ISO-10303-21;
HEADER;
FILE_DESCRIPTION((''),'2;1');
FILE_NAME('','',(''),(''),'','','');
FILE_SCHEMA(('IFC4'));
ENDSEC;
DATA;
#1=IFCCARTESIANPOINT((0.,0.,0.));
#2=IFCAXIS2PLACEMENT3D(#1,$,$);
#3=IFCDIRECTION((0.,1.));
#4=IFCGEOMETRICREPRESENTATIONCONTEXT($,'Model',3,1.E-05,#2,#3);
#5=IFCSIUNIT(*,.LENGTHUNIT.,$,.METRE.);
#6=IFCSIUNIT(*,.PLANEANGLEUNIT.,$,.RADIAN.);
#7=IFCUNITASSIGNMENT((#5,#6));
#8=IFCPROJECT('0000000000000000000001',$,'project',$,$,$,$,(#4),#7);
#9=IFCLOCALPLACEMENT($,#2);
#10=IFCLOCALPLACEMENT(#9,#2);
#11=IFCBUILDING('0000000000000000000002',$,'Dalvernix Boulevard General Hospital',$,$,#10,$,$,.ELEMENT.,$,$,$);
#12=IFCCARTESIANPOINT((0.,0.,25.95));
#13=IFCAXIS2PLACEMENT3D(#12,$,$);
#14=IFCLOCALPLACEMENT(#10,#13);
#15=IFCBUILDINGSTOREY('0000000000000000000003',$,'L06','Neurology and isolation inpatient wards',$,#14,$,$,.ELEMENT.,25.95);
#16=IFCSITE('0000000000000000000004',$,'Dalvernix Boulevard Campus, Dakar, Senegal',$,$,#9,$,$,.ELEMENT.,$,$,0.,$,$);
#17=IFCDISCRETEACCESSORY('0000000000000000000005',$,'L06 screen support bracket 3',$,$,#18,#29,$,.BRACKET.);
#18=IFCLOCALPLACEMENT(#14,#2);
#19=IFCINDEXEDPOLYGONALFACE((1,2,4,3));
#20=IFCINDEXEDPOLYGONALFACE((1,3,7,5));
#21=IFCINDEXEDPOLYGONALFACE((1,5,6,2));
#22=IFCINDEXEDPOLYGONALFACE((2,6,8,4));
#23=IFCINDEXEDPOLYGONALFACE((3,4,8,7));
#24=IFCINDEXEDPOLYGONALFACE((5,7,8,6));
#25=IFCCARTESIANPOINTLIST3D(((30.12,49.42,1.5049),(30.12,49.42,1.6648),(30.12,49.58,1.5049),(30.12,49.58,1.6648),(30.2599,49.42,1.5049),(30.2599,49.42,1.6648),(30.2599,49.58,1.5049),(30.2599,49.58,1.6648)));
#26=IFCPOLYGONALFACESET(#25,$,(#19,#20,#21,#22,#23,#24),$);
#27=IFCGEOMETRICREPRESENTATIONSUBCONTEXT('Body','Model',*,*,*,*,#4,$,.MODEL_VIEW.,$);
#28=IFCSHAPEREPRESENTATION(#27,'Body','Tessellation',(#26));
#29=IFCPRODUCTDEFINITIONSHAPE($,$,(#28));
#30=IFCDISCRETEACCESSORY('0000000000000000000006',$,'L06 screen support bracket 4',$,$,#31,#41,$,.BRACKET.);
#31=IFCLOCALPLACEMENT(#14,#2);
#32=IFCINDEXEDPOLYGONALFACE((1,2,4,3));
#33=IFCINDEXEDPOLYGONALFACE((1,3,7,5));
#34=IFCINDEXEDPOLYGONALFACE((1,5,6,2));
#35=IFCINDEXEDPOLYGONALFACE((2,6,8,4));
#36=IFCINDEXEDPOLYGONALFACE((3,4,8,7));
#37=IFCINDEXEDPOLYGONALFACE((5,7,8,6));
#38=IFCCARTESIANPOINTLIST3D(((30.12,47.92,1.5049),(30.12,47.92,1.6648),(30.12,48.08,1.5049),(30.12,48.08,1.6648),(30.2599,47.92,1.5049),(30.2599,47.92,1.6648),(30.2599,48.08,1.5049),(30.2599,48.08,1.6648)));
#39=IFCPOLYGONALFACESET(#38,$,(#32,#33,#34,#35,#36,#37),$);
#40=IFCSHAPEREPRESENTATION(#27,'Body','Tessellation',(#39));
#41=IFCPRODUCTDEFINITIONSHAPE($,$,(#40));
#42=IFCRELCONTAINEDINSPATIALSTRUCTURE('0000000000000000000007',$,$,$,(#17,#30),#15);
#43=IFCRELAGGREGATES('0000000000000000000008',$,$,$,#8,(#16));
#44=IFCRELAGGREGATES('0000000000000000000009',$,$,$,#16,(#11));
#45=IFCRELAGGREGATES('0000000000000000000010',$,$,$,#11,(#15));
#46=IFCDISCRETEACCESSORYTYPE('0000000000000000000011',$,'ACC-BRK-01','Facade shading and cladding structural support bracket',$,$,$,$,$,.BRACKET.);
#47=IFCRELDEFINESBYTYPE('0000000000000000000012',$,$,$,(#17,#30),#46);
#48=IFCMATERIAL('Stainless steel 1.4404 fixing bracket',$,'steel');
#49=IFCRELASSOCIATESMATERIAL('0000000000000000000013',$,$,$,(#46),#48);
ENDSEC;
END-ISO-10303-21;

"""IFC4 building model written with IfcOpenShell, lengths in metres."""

from ifc_helpers import new_model, si_unit, direction, frame, origin, origin_2d, place, context, subcontext, project, spatial, rectangle, extrude, material, type_object, element, save


model = new_model("IFC4")

# Units and contexts
model_context = context("Model", 3, precision=1e-05, world=origin(), true_north=direction((0.0, 1.0)))
body_context = subcontext(model_context, "Body", "Model", "MODEL_VIEW")
ifc_project = project(units=[si_unit("LENGTHUNIT", "METRE"), si_unit("PLANEANGLEUNIT", "RADIAN")], contexts=[model_context])

# Site, building, storey
site_placement = place(None, origin())
site = spatial("IfcSite", under=ifc_project, at=site_placement, Name="Dalvernix Boulevard Campus, Dakar, Senegal", CompositionType="ELEMENT", RefElevation=0.0)
building_placement = place(site_placement, origin())
building = spatial("IfcBuilding", under=site, at=building_placement, Name="Dalvernix Boulevard General Hospital", CompositionType="ELEMENT")
storey_placement = place(building_placement, frame((0.0, 0.0, 25.95)))
storey = spatial("IfcBuildingStorey", under=building, at=storey_placement, Name="L06", Description="Neurology and isolation inpatient wards", CompositionType="ELEMENT", Elevation=25.95)

# Discrete accessories
ifc_material_1 = material(Name="Stainless steel 1.4404 fixing bracket", Category="steel")
discrete_accessory_type = type_object("IfcDiscreteAccessoryType", Name="ACC-BRK-01", Description="Facade shading and cladding structural support bracket", PredefinedType="BRACKET", material=ifc_material_1)
for number, where, z_axis, x_axis, name in (
    (1, (30.1899, 49.5, 1.5049), (0.0, 0.0, 1.0), (0.0, -1.0, 0.0), "L06 screen support bracket 3"),
    (2, (30.1899, 48.0, 1.5049), (0.0, 0.0, 1.0), (0.0, -1.0, 0.0), "L06 screen support bracket 4"),
):
    element("IfcDiscreteAccessory", number, at=place(storey_placement, frame(where, z_axis=z_axis, x_axis=x_axis)), inside=storey, type_object=discrete_accessory_type, Name=name, PredefinedType="BRACKET", context=body_context, shape_type="SweptSolid", body=[
        extrude(rectangle(XDim=0.1599, YDim=0.1399, at=origin_2d()), origin(), (0.0, 0.0, 1.0), 0.1599),
    ])

save(model, "model.ifc")
